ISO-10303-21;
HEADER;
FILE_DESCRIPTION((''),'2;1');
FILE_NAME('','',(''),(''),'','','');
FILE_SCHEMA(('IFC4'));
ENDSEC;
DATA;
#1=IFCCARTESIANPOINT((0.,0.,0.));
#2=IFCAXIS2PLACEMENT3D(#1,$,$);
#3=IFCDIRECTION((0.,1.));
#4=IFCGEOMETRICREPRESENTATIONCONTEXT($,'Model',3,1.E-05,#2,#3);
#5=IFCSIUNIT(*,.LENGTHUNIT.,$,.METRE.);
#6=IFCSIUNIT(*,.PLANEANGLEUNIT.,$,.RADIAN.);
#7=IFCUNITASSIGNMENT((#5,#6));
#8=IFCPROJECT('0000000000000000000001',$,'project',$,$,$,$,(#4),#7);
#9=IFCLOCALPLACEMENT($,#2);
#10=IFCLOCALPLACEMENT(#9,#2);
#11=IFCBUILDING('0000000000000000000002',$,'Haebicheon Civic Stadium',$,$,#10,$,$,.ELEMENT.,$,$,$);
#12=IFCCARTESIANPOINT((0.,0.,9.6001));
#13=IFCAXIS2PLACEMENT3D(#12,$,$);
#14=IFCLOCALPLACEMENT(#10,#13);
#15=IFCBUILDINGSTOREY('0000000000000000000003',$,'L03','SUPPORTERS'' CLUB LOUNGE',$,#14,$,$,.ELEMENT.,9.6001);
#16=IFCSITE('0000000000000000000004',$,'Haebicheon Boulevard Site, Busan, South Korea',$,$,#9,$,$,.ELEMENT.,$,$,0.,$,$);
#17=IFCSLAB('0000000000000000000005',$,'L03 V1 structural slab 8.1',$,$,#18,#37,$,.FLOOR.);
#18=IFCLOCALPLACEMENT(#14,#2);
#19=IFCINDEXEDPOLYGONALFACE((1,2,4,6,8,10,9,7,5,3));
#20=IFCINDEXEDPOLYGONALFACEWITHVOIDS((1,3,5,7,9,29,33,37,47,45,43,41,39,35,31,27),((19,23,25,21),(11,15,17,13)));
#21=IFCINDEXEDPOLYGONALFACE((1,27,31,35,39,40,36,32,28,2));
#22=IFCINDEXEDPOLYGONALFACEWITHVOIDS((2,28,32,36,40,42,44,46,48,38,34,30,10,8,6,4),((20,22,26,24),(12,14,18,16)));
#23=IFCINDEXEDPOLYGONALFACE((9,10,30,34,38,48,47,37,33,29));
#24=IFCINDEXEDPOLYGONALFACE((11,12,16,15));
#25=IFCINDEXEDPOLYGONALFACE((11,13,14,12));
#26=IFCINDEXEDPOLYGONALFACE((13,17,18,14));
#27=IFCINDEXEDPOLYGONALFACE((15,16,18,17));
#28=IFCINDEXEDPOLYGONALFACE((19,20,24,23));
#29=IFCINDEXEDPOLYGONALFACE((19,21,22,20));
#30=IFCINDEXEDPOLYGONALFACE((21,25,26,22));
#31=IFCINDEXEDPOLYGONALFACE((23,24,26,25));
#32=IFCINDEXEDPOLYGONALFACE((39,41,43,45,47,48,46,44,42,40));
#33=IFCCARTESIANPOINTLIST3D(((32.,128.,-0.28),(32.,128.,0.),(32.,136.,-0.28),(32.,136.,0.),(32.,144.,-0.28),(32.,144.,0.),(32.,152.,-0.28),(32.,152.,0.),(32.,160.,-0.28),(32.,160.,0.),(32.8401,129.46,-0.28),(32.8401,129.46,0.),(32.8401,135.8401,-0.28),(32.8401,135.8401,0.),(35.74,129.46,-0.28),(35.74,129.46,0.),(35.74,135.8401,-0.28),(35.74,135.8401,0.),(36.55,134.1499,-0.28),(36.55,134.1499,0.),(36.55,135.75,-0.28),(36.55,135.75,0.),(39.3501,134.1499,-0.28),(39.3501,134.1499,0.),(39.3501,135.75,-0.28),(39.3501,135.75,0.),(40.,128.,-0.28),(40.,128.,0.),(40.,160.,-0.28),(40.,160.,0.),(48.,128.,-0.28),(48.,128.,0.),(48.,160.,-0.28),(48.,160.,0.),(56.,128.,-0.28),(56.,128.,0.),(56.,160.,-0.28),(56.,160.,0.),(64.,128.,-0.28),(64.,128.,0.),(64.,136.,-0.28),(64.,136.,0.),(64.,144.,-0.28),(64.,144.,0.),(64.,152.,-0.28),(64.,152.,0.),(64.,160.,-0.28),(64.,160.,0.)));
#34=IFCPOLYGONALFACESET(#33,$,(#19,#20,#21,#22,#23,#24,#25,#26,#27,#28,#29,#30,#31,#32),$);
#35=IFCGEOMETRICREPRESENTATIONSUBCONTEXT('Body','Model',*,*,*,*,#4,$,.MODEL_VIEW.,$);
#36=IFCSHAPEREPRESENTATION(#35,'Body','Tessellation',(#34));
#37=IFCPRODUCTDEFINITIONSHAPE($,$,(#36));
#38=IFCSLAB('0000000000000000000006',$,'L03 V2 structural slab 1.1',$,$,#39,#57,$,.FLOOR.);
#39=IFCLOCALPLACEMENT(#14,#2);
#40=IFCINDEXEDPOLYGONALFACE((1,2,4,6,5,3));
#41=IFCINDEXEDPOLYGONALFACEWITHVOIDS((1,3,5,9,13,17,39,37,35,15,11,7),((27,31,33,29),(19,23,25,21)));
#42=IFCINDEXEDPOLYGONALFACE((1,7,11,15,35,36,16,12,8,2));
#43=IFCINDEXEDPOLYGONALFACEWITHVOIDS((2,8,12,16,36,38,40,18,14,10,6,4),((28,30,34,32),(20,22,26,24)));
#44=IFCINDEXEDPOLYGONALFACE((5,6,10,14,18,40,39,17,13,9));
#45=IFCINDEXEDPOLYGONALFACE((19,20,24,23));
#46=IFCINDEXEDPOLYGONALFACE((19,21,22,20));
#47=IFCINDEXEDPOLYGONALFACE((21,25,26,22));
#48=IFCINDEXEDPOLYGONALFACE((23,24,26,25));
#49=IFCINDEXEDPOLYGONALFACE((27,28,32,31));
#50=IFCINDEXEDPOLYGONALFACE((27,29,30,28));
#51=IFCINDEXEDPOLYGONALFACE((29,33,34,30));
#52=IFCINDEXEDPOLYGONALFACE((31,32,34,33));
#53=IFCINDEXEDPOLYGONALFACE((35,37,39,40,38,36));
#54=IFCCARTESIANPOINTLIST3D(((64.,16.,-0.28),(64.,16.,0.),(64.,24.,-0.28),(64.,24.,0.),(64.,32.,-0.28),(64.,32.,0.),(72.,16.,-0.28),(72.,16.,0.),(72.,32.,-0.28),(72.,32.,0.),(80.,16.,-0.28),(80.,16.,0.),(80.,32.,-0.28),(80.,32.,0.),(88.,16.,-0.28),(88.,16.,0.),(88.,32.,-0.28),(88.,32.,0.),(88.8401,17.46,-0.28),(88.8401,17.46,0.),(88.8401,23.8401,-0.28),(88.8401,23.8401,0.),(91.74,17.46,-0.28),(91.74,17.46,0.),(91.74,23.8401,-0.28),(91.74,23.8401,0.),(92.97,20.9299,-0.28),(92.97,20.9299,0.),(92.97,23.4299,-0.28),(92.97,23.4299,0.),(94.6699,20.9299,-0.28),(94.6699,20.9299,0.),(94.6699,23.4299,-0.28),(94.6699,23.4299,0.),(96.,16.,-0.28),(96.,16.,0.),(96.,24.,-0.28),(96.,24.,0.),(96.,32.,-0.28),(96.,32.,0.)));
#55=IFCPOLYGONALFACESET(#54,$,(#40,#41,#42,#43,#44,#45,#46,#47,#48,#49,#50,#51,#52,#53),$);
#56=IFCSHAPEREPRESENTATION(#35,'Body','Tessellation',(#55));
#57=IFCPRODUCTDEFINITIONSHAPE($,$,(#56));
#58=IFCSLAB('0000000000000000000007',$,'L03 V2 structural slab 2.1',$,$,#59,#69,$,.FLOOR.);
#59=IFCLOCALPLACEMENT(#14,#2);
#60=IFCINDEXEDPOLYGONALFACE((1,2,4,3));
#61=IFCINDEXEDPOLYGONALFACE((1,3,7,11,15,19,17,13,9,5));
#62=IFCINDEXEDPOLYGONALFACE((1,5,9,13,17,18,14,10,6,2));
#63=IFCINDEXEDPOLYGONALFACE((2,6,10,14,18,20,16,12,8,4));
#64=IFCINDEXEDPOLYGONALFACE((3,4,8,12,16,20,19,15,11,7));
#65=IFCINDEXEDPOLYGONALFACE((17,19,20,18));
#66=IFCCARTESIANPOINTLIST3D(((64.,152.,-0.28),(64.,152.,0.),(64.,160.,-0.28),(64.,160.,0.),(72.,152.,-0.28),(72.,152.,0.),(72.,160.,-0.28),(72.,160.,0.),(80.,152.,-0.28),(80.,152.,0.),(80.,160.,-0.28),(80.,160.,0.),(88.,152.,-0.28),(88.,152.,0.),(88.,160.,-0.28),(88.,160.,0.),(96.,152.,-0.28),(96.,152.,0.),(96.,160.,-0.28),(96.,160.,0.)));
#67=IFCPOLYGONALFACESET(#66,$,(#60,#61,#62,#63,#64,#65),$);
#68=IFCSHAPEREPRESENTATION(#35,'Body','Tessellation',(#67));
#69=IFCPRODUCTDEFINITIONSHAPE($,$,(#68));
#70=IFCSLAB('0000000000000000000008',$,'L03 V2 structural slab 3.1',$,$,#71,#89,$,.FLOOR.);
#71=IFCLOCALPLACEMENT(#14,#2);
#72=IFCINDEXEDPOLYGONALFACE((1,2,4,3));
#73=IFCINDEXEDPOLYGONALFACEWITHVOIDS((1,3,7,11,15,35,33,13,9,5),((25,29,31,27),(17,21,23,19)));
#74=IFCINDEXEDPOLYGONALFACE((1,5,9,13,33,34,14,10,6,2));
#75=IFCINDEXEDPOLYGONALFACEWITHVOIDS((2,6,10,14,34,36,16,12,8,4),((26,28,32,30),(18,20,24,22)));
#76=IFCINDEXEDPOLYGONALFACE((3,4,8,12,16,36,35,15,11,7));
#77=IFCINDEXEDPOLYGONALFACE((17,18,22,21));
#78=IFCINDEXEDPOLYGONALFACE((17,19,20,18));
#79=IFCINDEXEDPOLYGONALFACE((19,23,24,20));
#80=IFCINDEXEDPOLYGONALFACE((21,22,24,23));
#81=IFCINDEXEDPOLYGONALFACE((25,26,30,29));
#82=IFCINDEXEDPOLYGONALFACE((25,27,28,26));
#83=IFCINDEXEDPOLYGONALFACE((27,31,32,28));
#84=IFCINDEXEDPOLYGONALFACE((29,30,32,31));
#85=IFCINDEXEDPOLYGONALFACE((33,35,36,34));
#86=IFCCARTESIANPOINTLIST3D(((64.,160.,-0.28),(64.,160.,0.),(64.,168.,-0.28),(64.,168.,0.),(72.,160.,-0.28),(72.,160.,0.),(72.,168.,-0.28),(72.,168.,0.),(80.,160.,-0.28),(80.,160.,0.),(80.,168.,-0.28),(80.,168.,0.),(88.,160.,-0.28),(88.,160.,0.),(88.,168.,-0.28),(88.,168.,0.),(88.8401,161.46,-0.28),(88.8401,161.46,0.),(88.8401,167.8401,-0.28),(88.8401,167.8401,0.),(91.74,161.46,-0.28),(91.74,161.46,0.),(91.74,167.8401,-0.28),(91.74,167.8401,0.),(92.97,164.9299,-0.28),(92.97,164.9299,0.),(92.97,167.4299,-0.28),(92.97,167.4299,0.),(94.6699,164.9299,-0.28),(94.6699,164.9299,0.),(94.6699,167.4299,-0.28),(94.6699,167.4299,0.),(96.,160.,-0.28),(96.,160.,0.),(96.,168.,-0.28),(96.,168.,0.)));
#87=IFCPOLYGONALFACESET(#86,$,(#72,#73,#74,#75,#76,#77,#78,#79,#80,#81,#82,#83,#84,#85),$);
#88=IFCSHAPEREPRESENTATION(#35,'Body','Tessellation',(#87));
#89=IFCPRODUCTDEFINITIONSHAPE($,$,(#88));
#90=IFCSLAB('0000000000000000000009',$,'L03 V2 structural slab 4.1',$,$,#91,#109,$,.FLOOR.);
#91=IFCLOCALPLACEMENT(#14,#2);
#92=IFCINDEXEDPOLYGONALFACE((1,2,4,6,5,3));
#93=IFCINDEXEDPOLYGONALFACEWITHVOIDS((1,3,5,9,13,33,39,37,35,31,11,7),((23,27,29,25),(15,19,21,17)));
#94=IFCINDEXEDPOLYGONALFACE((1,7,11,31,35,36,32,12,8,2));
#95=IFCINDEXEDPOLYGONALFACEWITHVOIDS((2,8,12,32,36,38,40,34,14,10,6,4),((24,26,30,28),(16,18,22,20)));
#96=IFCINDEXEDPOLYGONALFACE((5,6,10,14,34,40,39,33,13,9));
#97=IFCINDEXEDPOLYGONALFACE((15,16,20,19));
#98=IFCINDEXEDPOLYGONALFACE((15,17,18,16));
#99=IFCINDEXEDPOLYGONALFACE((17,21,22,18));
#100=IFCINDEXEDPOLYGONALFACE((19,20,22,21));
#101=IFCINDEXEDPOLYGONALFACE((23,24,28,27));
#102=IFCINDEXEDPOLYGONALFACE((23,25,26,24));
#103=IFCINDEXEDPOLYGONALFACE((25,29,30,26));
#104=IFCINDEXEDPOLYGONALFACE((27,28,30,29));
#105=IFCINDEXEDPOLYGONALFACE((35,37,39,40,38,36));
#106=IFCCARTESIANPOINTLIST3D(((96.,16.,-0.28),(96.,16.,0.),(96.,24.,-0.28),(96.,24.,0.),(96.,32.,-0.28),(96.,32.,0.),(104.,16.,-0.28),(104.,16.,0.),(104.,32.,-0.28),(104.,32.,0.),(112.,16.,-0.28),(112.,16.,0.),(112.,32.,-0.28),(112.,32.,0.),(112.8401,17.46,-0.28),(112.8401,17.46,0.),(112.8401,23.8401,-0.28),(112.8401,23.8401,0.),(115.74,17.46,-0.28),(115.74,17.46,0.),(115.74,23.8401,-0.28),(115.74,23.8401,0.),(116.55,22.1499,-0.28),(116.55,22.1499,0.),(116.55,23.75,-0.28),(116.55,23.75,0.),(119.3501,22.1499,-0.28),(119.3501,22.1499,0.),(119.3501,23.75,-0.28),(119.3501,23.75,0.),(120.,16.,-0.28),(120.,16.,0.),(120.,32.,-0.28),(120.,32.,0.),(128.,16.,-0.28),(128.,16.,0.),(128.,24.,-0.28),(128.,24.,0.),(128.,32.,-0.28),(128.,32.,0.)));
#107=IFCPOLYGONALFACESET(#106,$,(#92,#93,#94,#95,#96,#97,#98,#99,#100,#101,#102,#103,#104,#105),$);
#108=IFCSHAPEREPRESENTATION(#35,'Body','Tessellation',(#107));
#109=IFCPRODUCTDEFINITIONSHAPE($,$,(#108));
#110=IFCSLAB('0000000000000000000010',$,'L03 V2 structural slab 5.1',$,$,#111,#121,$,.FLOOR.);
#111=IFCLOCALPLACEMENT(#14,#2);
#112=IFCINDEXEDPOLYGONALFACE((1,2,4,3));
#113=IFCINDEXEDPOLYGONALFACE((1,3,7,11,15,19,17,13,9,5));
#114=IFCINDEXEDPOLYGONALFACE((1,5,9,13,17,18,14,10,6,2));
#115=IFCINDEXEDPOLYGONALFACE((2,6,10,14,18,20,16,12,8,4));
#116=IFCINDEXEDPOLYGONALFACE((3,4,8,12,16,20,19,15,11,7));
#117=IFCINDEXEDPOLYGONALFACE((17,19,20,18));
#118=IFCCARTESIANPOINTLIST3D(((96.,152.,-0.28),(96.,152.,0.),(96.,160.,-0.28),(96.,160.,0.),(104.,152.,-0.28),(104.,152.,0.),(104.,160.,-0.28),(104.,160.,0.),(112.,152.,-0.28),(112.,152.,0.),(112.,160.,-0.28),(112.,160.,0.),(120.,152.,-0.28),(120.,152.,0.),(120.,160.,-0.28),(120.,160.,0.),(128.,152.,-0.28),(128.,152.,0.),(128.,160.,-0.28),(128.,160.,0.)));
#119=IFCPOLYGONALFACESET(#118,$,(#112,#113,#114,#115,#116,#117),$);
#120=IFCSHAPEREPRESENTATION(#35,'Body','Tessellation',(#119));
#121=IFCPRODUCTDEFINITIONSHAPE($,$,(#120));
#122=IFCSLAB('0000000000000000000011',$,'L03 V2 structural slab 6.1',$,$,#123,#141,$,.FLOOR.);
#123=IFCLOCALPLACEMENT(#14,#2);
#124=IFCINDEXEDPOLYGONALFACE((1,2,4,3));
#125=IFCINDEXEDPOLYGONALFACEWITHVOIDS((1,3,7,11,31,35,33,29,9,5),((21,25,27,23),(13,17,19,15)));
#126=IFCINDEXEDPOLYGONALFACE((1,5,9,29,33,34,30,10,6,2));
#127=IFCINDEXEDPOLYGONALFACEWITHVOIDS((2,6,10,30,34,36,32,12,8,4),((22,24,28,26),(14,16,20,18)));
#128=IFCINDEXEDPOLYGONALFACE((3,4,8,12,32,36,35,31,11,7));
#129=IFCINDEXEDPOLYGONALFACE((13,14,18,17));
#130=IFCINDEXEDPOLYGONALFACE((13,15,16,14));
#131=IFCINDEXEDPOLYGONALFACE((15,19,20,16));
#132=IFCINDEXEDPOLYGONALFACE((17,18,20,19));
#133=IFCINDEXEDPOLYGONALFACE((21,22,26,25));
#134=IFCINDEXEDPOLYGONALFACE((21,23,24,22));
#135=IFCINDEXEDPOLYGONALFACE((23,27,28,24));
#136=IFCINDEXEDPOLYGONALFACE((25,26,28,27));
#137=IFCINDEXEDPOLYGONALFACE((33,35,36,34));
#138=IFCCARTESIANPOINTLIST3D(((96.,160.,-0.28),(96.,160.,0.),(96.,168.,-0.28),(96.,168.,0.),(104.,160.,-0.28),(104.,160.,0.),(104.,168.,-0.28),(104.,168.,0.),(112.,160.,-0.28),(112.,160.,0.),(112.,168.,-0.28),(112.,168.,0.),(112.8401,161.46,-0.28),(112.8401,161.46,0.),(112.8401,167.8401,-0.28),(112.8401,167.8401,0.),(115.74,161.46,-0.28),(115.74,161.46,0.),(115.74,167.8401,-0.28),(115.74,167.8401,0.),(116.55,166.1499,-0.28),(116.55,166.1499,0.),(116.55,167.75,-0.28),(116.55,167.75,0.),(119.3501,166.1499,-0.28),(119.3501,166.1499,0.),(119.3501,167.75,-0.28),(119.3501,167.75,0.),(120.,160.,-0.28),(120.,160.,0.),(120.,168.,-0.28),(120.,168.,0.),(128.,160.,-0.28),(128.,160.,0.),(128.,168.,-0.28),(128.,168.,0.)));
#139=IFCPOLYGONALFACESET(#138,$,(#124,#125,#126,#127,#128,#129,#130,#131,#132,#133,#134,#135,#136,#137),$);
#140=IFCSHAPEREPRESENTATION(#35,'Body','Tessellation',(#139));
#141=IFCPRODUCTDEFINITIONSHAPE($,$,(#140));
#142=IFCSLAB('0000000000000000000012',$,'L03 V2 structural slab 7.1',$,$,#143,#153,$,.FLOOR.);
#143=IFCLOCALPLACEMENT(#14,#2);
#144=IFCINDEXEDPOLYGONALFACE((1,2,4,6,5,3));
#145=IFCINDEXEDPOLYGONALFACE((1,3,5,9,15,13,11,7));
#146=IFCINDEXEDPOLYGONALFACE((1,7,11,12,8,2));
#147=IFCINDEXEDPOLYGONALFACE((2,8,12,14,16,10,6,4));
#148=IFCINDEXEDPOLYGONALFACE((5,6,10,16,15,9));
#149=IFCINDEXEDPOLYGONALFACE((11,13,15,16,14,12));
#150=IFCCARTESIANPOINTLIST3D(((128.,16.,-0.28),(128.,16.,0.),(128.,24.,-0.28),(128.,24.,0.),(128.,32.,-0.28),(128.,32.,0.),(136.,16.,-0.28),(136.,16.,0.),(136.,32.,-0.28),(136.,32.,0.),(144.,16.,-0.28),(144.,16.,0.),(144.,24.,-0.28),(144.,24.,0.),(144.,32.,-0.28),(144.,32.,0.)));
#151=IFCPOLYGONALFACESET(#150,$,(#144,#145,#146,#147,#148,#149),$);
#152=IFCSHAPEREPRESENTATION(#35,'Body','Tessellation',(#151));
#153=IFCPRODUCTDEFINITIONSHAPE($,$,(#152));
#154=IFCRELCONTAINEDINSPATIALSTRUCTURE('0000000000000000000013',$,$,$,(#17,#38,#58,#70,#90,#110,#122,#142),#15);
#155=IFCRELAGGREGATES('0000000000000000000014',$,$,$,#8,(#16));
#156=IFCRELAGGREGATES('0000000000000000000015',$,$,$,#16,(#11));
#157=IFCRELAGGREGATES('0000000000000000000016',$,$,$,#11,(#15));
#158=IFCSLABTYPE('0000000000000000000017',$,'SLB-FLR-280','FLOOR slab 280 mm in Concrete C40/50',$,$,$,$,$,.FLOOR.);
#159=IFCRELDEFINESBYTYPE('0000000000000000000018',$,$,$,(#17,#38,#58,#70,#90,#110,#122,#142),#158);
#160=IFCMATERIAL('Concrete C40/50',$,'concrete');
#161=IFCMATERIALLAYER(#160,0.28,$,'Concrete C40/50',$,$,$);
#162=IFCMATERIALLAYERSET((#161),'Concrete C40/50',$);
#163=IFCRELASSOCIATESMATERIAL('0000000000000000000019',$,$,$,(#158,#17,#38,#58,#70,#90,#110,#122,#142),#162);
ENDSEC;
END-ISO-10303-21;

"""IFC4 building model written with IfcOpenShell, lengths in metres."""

from ifc_helpers import new_model, si_unit, direction, frame, origin, place, context, subcontext, project, spatial, polyline, outline, extrude, material, layer, layer_set, type_object, element, save


model = new_model("IFC4")

# Units and contexts
model_context = context("Model", 3, precision=1e-05, world=origin(), true_north=direction((0.0, 1.0)))
body_context = subcontext(model_context, "Body", "Model", "MODEL_VIEW")
ifc_project = project(units=[si_unit("LENGTHUNIT", "METRE"), si_unit("PLANEANGLEUNIT", "RADIAN")], contexts=[model_context])

# Site, building, storey
site_placement = place(None, origin())
site = spatial("IfcSite", under=ifc_project, at=site_placement, Name="Haebicheon Boulevard Site, Busan, South Korea", CompositionType="ELEMENT", RefElevation=0.0)
building_placement = place(site_placement, origin())
building = spatial("IfcBuilding", under=site, at=building_placement, Name="Haebicheon Civic Stadium", CompositionType="ELEMENT")
storey_placement = place(building_placement, frame((0.0, 0.0, 9.6001)))
storey = spatial("IfcBuildingStorey", under=building, at=storey_placement, Name="L03", Description="SUPPORTERS' CLUB LOUNGE", CompositionType="ELEMENT", Elevation=9.6001)

# Slabs
ifc_material = material(Name="Concrete C40/50", Category="concrete")
ifc_layer = layer(ifc_material, 0.28, Name="Concrete C40/50")
ifc_layer_set = layer_set([ifc_layer], Name="Concrete C40/50")
slab_type = type_object("IfcSlabType", Name="SLB-FLR-280", Description="FLOOR slab 280 mm in Concrete C40/50", PredefinedType="FLOOR", material=ifc_layer_set)
slab_1_placement = place(storey_placement, frame((0.0, 0.0, -0.28)))
element("IfcSlab", 1, at=slab_1_placement, inside=storey, type_object=slab_type, material=ifc_layer_set, Name="L03 V1 structural slab 8.1", PredefinedType="FLOOR", context=body_context, shape_type="SweptSolid", body=[
    extrude(outline(polyline([(32.0, 152.0), (32.0, 160.0), (40.0, 160.0), (48.0, 160.0), (56.0, 160.0), (64.0, 160.0), (64.0, 152.0), (64.0, 144.0), (64.0, 136.0), (64.0, 128.0), (56.0, 128.0), (48.0, 128.0), (40.0, 128.0), (32.0, 128.0), (32.0, 136.0), (32.0, 144.0), (32.0, 152.0)]), holes=[polyline([(32.8401, 129.46), (35.74, 129.46), (35.74, 135.8401), (32.8401, 135.8401), (32.8401, 129.46)]), polyline([(36.55, 134.1499), (39.3501, 134.1499), (39.3501, 135.75), (36.55, 135.75), (36.55, 134.1499)])]), origin(), (0.0, 0.0, 1.0), 0.28),
])
slab_2_placement = place(storey_placement, frame((0.0, 0.0, -0.28)))
element("IfcSlab", 2, at=slab_2_placement, inside=storey, type_object=slab_type, material=ifc_layer_set, Name="L03 V2 structural slab 1.1", PredefinedType="FLOOR", context=body_context, shape_type="SweptSolid", body=[
    extrude(outline(polyline([(96.0, 16.0), (88.0, 16.0), (80.0, 16.0), (72.0, 16.0), (64.0, 16.0), (64.0, 24.0), (64.0, 32.0), (72.0, 32.0), (80.0, 32.0), (88.0, 32.0), (96.0, 32.0), (96.0, 24.0), (96.0, 16.0)]), holes=[polyline([(88.8401, 17.46), (91.74, 17.46), (91.74, 23.8401), (88.8401, 23.8401), (88.8401, 17.46)]), polyline([(92.97, 20.9299), (94.6699, 20.9299), (94.6699, 23.4299), (92.97, 23.4299), (92.97, 20.9299)])]), origin(), (0.0, 0.0, 1.0), 0.28),
])
slab_3_placement = place(storey_placement, frame((0.0, 0.0, -0.28)))
element("IfcSlab", 3, at=slab_3_placement, inside=storey, type_object=slab_type, material=ifc_layer_set, Name="L03 V2 structural slab 2.1", PredefinedType="FLOOR", context=body_context, shape_type="SweptSolid", body=[
    extrude(outline(polyline([(64.0, 160.0), (72.0, 160.0), (80.0, 160.0), (88.0, 160.0), (96.0, 160.0), (96.0, 152.0), (88.0, 152.0), (80.0, 152.0), (72.0, 152.0), (64.0, 152.0), (64.0, 160.0)])), origin(), (0.0, 0.0, 1.0), 0.28),
])
slab_4_placement = place(storey_placement, frame((0.0, 0.0, -0.28)))
element("IfcSlab", 4, at=slab_4_placement, inside=storey, type_object=slab_type, material=ifc_layer_set, Name="L03 V2 structural slab 3.1", PredefinedType="FLOOR", context=body_context, shape_type="SweptSolid", body=[
    extrude(outline(polyline([(64.0, 168.0), (72.0, 168.0), (80.0, 168.0), (88.0, 168.0), (96.0, 168.0), (96.0, 160.0), (88.0, 160.0), (80.0, 160.0), (72.0, 160.0), (64.0, 160.0), (64.0, 168.0)]), holes=[polyline([(88.8401, 161.46), (91.74, 161.46), (91.74, 167.8401), (88.8401, 167.8401), (88.8401, 161.46)]), polyline([(92.97, 164.9299), (94.6699, 164.9299), (94.6699, 167.4299), (92.97, 167.4299), (92.97, 164.9299)])]), origin(), (0.0, 0.0, 1.0), 0.28),
])
slab_5_placement = place(storey_placement, frame((0.0, 0.0, -0.28)))
element("IfcSlab", 5, at=slab_5_placement, inside=storey, type_object=slab_type, material=ifc_layer_set, Name="L03 V2 structural slab 4.1", PredefinedType="FLOOR", context=body_context, shape_type="SweptSolid", body=[
    extrude(outline(polyline([(128.0, 16.0), (120.0, 16.0), (112.0, 16.0), (104.0, 16.0), (96.0, 16.0), (96.0, 24.0), (96.0, 32.0), (104.0, 32.0), (112.0, 32.0), (120.0, 32.0), (128.0, 32.0), (128.0, 24.0), (128.0, 16.0)]), holes=[polyline([(112.8401, 17.46), (115.74, 17.46), (115.74, 23.8401), (112.8401, 23.8401), (112.8401, 17.46)]), polyline([(116.55, 22.1499), (119.3501, 22.1499), (119.3501, 23.75), (116.55, 23.75), (116.55, 22.1499)])]), origin(), (0.0, 0.0, 1.0), 0.28),
])
slab_6_placement = place(storey_placement, frame((0.0, 0.0, -0.28)))
element("IfcSlab", 6, at=slab_6_placement, inside=storey, type_object=slab_type, material=ifc_layer_set, Name="L03 V2 structural slab 5.1", PredefinedType="FLOOR", context=body_context, shape_type="SweptSolid", body=[
    extrude(outline(polyline([(96.0, 160.0), (104.0, 160.0), (112.0, 160.0), (120.0, 160.0), (128.0, 160.0), (128.0, 152.0), (120.0, 152.0), (112.0, 152.0), (104.0, 152.0), (96.0, 152.0), (96.0, 160.0)])), origin(), (0.0, 0.0, 1.0), 0.28),
])
slab_7_placement = place(storey_placement, frame((0.0, 0.0, -0.28)))
element("IfcSlab", 7, at=slab_7_placement, inside=storey, type_object=slab_type, material=ifc_layer_set, Name="L03 V2 structural slab 6.1", PredefinedType="FLOOR", context=body_context, shape_type="SweptSolid", body=[
    extrude(outline(polyline([(96.0, 168.0), (104.0, 168.0), (112.0, 168.0), (120.0, 168.0), (128.0, 168.0), (128.0, 160.0), (120.0, 160.0), (112.0, 160.0), (104.0, 160.0), (96.0, 160.0), (96.0, 168.0)]), holes=[polyline([(112.8401, 161.46), (115.74, 161.46), (115.74, 167.8401), (112.8401, 167.8401), (112.8401, 161.46)]), polyline([(116.55, 166.1499), (119.3501, 166.1499), (119.3501, 167.75), (116.55, 167.75), (116.55, 166.1499)])]), origin(), (0.0, 0.0, 1.0), 0.28),
])
slab_8_placement = place(storey_placement, frame((0.0, 0.0, -0.28)))
element("IfcSlab", 8, at=slab_8_placement, inside=storey, type_object=slab_type, material=ifc_layer_set, Name="L03 V2 structural slab 7.1", PredefinedType="FLOOR", context=body_context, shape_type="SweptSolid", body=[
    extrude(outline(polyline([(128.0, 24.0), (128.0, 32.0), (136.0, 32.0), (144.0, 32.0), (144.0, 24.0), (144.0, 16.0), (136.0, 16.0), (128.0, 16.0), (128.0, 24.0)])), origin(), (0.0, 0.0, 1.0), 0.28),
])

save(model, "model.ifc")
